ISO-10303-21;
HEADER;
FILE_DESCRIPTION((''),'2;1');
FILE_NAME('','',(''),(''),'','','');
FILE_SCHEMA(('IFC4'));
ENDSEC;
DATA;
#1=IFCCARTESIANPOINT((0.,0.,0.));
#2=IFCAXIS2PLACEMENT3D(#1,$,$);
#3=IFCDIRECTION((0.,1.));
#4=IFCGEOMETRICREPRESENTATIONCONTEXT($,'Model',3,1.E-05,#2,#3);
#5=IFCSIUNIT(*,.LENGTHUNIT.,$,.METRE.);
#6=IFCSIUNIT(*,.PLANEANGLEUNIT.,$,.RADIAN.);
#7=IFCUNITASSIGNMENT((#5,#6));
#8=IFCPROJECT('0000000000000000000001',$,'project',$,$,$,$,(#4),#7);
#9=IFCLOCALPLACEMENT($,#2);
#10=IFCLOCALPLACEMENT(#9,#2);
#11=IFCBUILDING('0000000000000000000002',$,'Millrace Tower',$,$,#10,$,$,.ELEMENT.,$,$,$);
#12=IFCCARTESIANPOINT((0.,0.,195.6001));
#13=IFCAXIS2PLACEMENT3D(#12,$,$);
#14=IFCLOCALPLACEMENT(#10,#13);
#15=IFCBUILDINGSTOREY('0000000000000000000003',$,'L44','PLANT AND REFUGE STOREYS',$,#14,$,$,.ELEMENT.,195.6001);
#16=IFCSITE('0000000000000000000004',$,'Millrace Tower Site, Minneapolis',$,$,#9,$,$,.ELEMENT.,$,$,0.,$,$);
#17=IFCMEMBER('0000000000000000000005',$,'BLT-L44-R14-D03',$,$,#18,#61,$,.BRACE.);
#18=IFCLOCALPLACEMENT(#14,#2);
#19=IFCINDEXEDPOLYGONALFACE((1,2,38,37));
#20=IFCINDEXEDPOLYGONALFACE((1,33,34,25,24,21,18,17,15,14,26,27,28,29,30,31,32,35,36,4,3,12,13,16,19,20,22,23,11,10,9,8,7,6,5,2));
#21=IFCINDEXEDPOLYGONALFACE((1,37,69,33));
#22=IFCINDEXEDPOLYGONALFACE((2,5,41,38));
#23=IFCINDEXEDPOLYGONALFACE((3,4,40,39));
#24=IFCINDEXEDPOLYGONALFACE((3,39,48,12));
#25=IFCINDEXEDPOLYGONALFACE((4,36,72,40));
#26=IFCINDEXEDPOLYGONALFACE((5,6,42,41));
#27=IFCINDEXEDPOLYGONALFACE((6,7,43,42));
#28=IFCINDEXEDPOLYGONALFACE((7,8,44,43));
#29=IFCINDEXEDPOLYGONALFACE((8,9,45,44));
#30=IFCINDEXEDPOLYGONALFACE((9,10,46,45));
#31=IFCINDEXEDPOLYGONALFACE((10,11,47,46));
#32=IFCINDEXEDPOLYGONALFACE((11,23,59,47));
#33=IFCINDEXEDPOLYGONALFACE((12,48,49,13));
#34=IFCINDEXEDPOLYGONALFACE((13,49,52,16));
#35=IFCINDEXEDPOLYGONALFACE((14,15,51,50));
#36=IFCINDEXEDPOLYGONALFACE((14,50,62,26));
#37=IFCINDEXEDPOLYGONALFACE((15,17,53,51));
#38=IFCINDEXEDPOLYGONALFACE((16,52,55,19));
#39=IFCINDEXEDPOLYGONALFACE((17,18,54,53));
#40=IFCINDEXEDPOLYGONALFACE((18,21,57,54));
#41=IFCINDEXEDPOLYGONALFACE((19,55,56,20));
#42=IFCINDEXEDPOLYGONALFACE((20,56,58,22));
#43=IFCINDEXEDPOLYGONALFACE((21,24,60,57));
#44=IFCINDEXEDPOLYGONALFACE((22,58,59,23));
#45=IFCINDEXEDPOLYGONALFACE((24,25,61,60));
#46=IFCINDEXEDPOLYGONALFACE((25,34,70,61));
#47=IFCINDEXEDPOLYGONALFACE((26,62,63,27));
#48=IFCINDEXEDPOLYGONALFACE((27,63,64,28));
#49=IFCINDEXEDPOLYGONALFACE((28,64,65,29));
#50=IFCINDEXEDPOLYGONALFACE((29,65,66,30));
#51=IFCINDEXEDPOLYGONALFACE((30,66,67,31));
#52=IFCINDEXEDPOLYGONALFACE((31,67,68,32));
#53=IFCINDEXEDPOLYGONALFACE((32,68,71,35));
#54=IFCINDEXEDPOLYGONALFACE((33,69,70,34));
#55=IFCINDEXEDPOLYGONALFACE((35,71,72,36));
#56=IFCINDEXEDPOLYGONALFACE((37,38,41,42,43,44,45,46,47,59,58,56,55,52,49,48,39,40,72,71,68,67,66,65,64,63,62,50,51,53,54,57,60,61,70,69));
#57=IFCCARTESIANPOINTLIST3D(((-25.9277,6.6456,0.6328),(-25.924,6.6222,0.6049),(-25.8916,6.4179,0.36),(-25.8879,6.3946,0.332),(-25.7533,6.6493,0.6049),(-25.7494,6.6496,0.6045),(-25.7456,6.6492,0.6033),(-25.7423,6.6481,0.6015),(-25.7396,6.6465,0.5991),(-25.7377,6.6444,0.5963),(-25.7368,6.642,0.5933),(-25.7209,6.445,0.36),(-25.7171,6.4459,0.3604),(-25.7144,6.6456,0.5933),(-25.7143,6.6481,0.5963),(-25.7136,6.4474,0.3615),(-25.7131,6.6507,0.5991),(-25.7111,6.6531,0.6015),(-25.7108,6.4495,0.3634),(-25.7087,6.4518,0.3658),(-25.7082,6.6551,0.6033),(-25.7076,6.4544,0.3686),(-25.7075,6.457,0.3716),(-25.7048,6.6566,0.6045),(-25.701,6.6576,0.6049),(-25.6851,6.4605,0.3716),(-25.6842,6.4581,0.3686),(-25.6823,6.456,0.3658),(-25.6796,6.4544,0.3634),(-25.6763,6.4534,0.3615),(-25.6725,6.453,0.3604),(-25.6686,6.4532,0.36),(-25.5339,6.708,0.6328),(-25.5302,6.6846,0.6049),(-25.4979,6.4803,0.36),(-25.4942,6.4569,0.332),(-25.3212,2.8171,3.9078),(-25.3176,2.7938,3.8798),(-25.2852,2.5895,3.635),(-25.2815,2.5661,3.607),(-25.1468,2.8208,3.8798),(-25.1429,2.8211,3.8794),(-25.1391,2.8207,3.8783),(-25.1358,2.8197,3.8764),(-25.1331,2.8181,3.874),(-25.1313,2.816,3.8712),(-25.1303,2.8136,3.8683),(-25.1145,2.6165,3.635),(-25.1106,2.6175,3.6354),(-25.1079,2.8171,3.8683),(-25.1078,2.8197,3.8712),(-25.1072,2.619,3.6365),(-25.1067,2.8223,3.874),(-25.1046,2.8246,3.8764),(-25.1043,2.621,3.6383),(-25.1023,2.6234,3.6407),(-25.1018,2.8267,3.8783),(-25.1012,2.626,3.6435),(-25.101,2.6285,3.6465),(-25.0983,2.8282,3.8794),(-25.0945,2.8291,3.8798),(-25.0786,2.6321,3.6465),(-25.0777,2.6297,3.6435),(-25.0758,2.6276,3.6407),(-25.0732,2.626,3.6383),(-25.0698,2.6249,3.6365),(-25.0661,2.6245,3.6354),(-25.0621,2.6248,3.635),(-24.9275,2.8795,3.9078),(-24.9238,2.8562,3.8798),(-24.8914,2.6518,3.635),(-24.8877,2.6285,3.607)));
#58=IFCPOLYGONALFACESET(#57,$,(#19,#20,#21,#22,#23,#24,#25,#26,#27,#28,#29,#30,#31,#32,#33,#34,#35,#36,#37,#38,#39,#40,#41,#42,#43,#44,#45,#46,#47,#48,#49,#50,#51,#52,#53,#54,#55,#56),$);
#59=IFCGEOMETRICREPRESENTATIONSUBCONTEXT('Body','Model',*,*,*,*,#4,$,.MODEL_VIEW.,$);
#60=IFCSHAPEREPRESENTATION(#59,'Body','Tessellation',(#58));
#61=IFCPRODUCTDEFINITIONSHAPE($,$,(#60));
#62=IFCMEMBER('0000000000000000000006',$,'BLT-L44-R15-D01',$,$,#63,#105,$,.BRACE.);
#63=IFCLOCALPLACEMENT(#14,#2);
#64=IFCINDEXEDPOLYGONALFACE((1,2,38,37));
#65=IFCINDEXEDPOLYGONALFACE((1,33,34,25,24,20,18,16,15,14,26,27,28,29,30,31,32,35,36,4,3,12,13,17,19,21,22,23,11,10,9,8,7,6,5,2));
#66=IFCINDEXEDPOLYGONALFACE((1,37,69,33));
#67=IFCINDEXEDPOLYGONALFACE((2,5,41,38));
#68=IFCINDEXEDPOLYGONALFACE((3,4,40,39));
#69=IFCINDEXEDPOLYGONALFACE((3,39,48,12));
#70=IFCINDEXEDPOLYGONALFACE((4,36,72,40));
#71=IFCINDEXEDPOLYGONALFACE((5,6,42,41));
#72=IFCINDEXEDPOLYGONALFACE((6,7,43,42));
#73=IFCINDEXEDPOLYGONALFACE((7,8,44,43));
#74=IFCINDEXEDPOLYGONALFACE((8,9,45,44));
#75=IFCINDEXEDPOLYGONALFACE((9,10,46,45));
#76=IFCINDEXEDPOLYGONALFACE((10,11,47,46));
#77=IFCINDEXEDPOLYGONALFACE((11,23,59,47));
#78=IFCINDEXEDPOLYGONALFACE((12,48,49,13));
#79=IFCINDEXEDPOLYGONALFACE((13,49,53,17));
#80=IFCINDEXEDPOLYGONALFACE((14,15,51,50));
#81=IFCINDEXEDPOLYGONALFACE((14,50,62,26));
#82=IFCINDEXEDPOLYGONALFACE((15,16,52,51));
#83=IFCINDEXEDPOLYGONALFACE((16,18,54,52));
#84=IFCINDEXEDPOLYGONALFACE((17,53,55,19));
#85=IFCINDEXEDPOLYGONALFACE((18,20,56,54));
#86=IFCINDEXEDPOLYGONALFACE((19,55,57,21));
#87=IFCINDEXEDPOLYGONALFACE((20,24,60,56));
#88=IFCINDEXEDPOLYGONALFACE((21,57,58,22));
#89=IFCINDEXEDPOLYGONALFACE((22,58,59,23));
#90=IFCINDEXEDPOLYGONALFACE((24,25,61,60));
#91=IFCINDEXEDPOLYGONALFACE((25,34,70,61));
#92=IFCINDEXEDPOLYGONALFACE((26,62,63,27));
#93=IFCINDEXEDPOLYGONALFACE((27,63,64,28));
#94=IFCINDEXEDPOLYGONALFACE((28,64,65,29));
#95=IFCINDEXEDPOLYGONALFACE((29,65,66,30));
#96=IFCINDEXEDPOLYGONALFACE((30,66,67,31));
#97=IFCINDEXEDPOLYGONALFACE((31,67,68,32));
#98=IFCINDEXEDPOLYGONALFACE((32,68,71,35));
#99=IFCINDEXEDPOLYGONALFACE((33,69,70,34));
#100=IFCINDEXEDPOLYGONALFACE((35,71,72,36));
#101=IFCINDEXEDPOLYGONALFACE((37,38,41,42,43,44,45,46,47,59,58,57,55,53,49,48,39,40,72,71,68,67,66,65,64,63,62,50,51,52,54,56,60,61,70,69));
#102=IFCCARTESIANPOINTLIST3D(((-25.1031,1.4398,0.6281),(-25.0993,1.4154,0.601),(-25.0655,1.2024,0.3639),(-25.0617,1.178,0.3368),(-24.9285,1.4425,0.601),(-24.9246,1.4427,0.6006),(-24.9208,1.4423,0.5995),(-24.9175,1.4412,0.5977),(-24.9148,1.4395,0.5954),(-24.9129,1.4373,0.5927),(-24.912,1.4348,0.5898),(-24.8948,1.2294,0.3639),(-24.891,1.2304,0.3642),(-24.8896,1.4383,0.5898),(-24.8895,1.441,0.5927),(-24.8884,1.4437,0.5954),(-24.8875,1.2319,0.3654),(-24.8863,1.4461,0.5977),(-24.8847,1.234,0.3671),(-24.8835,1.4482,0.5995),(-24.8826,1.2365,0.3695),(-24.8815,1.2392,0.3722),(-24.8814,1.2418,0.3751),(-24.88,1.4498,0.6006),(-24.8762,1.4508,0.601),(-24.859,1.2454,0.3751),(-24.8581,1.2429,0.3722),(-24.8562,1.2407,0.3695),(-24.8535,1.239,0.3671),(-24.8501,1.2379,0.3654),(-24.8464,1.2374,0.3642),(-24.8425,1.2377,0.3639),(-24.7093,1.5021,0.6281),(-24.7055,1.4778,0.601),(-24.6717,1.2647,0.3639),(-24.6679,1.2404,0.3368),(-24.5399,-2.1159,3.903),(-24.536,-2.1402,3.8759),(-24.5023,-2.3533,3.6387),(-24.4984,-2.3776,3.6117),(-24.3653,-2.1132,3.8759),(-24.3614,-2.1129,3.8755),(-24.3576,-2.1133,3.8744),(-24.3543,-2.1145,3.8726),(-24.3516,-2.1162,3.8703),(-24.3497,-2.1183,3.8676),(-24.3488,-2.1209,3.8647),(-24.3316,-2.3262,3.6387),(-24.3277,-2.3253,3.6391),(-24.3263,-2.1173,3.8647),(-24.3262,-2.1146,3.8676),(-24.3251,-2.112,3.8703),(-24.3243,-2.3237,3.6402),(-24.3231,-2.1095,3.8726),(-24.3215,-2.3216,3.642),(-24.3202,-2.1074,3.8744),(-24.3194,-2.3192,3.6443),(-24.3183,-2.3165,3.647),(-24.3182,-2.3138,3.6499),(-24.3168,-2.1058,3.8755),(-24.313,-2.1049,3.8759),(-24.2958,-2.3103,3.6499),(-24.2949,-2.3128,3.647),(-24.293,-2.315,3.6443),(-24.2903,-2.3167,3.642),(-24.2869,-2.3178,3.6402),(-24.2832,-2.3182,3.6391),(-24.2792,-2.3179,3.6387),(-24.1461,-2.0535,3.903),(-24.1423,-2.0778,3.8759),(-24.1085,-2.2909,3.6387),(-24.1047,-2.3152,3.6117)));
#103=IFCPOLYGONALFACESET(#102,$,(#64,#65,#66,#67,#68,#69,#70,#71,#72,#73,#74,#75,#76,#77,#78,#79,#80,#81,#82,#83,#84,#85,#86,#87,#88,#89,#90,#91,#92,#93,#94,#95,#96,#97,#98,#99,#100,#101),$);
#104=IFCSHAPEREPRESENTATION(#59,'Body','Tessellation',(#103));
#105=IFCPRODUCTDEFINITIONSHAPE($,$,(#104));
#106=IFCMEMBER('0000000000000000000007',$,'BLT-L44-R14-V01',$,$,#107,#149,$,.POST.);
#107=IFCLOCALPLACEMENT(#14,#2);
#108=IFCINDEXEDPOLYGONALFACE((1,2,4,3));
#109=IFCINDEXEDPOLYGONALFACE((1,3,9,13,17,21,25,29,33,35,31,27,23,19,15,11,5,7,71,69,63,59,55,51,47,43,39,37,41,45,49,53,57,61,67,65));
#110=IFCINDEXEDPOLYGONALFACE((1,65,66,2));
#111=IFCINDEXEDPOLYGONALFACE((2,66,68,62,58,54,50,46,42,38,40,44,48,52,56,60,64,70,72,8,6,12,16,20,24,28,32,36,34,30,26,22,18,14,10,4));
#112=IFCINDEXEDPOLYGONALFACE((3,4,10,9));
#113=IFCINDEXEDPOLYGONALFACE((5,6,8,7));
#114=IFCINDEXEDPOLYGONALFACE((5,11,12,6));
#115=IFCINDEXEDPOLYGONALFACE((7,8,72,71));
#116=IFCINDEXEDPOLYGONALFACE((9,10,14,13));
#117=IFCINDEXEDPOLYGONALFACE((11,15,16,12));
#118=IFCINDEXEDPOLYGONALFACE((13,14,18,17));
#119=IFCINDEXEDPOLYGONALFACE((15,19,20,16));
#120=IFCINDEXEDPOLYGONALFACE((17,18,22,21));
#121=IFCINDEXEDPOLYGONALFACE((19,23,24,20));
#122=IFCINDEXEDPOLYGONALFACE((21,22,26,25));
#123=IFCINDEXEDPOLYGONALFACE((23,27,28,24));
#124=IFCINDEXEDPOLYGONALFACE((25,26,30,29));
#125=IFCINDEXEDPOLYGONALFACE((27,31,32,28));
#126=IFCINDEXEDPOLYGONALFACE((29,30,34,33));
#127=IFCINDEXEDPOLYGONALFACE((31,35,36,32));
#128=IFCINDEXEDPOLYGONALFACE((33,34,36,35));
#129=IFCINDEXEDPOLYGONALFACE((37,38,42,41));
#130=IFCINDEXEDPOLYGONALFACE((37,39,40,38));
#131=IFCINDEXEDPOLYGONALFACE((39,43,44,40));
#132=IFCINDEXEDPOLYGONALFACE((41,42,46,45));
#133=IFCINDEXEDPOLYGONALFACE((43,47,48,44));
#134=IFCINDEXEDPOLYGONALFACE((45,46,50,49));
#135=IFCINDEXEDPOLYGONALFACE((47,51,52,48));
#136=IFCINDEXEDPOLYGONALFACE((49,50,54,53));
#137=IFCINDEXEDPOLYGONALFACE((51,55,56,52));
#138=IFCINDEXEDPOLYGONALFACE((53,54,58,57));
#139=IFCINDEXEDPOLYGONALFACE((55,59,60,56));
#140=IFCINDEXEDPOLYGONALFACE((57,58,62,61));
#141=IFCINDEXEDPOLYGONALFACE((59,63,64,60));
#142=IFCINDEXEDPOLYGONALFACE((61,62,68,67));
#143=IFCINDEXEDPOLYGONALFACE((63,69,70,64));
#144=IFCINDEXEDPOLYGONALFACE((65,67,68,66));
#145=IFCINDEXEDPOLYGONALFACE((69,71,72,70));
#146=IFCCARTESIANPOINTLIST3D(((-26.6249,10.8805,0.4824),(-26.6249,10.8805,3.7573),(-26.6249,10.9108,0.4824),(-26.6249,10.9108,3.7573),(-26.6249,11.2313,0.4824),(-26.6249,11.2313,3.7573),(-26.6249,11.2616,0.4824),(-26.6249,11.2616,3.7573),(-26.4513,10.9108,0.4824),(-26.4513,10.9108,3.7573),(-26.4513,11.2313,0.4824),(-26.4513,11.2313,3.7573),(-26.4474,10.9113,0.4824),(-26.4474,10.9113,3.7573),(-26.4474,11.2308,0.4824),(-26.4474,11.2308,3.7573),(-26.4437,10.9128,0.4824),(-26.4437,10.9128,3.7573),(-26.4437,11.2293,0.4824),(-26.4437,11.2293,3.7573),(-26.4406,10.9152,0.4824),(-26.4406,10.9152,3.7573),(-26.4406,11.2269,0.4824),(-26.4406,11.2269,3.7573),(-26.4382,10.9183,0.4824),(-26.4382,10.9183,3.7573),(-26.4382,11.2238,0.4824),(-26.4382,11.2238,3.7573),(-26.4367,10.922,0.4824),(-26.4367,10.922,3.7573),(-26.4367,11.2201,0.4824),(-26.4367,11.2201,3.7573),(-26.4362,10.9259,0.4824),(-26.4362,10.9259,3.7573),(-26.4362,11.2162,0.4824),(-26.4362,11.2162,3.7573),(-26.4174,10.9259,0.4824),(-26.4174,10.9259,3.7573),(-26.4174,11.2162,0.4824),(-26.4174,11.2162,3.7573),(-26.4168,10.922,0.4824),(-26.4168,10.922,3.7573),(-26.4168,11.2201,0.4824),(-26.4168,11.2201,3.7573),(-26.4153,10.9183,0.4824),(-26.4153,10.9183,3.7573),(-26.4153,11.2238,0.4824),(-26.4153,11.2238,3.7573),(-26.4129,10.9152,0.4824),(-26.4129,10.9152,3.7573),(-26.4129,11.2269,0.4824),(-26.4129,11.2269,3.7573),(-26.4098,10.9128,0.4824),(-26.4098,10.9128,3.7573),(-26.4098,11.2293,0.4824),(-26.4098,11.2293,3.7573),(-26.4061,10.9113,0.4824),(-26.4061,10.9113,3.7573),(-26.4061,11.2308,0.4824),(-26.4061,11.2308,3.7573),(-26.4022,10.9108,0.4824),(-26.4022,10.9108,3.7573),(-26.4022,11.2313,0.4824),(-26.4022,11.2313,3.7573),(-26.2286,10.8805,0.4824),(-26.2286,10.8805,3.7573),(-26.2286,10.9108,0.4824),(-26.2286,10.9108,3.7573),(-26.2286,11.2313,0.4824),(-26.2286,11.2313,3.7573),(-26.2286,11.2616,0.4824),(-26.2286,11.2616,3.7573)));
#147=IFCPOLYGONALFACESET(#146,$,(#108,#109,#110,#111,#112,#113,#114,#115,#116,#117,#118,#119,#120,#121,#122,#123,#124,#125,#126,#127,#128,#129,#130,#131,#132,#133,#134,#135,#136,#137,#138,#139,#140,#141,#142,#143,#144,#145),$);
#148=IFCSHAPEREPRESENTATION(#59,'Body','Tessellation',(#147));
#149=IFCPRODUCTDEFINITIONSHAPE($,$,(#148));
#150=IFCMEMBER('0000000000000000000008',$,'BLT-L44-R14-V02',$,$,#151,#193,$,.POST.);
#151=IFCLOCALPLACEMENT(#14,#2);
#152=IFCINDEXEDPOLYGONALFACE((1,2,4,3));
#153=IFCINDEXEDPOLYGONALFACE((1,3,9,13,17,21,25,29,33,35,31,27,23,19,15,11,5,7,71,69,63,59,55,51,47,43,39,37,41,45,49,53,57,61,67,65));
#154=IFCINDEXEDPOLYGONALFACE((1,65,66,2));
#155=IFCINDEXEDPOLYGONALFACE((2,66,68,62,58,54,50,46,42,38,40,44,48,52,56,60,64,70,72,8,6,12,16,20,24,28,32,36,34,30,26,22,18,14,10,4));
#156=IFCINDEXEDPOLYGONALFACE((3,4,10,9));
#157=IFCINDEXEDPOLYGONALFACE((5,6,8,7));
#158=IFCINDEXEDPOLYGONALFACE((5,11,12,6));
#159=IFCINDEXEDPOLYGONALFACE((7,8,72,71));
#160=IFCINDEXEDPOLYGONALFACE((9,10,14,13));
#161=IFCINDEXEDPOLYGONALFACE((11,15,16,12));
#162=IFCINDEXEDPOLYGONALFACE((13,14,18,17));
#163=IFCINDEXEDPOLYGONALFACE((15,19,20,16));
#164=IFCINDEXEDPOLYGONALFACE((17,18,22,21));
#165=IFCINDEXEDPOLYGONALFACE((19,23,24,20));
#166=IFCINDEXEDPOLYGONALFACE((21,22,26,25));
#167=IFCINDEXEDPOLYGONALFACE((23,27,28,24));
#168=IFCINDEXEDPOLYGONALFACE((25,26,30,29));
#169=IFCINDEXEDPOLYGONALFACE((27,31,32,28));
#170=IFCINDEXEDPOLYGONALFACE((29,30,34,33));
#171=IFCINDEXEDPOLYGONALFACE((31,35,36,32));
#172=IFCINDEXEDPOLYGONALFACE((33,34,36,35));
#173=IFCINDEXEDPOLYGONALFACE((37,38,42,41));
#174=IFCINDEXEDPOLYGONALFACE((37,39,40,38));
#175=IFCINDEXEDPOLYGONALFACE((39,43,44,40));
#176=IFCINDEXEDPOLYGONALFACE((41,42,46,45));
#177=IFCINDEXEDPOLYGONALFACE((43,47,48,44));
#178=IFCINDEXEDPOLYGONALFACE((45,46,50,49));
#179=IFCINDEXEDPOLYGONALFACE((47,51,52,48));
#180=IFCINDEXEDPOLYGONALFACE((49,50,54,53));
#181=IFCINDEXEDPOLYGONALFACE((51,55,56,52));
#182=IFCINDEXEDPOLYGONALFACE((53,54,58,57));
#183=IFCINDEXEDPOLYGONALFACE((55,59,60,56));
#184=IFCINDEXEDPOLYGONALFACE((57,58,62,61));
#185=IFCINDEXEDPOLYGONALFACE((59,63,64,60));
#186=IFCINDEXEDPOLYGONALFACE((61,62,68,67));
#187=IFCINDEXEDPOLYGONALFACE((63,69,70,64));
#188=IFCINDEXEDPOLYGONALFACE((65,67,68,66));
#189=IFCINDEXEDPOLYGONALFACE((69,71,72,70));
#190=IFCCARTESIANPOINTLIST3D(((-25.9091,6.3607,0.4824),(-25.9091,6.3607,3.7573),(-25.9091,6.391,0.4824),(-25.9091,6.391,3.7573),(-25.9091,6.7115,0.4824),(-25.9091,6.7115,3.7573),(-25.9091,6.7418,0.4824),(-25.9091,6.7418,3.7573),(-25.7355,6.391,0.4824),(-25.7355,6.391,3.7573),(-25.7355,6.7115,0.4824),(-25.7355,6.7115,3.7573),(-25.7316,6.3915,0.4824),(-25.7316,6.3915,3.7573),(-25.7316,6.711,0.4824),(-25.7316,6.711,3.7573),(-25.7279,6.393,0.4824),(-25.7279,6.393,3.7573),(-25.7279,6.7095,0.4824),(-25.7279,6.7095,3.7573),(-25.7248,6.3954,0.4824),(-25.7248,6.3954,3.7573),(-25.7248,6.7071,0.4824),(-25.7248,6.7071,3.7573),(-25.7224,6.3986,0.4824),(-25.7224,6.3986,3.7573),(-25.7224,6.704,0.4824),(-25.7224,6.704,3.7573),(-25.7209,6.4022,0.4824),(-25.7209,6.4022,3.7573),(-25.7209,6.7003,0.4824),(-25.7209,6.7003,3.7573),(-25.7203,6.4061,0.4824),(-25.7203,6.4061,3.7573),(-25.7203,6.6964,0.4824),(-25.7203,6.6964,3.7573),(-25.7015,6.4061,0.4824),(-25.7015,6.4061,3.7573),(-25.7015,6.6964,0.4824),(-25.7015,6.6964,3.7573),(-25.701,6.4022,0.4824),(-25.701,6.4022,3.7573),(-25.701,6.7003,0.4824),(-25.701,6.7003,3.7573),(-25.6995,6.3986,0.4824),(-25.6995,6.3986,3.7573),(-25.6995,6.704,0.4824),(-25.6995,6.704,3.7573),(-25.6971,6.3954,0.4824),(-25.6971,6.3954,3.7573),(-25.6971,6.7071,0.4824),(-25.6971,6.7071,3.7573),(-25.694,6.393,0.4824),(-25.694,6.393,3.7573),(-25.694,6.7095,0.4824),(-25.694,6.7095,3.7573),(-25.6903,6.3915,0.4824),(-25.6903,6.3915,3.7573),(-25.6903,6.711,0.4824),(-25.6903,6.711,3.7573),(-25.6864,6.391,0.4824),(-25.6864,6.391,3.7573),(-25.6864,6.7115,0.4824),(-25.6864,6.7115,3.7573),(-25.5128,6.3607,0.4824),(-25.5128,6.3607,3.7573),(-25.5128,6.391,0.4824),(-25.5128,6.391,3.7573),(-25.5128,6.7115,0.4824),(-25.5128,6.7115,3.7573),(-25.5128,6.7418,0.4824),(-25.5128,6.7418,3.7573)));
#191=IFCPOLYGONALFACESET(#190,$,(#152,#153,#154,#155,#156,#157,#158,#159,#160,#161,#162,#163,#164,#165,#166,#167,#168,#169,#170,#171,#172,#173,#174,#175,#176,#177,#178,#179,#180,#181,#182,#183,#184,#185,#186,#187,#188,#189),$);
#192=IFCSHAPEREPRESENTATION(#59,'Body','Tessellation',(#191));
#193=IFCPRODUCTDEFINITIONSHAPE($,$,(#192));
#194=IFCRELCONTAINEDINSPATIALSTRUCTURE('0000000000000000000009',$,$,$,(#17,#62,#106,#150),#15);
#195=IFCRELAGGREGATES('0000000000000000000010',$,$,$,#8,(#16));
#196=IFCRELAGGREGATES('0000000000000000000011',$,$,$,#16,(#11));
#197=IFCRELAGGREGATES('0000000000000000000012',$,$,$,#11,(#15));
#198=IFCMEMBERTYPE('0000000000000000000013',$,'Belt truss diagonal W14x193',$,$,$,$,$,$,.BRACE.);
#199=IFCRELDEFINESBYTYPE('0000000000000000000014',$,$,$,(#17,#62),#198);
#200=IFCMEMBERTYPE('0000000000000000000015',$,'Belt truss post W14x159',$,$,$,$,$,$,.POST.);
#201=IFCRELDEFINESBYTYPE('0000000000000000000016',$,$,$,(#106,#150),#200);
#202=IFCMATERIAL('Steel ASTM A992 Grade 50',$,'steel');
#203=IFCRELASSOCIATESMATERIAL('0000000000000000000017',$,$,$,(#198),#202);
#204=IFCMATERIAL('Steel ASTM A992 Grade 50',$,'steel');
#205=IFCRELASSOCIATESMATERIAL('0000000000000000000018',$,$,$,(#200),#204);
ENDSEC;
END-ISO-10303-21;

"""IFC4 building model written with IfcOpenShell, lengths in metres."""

from ifc_helpers import new_model, si_unit, direction, frame, origin, origin_2d, place, context, subcontext, project, spatial, i_section, extrude, material, material_profile, profile_set, type_object, element, save


model = new_model("IFC4")

# Units and contexts
model_context = context("Model", 3, precision=1e-05, world=origin(), true_north=direction((0.0, 1.0)))
body_context = subcontext(model_context, "Body", "Model", "MODEL_VIEW")
ifc_project = project(units=[si_unit("LENGTHUNIT", "METRE"), si_unit("PLANEANGLEUNIT", "RADIAN")], contexts=[model_context])

# Site, building, storey
site_placement = place(None, origin())
site = spatial("IfcSite", under=ifc_project, at=site_placement, Name="Millrace Tower Site, Minneapolis", CompositionType="ELEMENT", RefElevation=0.0)
building_placement = place(site_placement, origin())
building = spatial("IfcBuilding", under=site, at=building_placement, Name="Millrace Tower", CompositionType="ELEMENT")
storey_placement = place(building_placement, frame((0.0, 0.0, 195.6001)))
storey = spatial("IfcBuildingStorey", under=building, at=storey_placement, Name="L44", Description="PLANT AND REFUGE STOREYS", CompositionType="ELEMENT", Elevation=195.6001)

# Members
ifc_material_1 = material(Name="Steel ASTM A992 Grade 50", Category="steel")
ifc_material_profile_1 = material_profile(ifc_material_1, i_section(OverallWidth=0.3987, OverallDepth=0.3938, WebThickness=0.0227, FlangeThickness=0.0366, FilletRadius=0.0151, at=origin_2d()))
ifc_profile_set_1 = profile_set([ifc_material_profile_1], Name="Steel ASTM A992 Grade 50")
member_type_1 = type_object("IfcMemberType", Name="Belt truss diagonal W14x193", PredefinedType="BRACE", material=ifc_profile_set_1)
member_1_placement = place(storey_placement, frame((-25.7109, 6.5513, 0.4824), z_axis=(0.119512, -0.754453, 0.645382), x_axis=(0.987685, 0.156457, 0.0)))
element("IfcMember", 1, at=member_1_placement, inside=storey, type_object=member_type_1, Name="BLT-L44-R14-D03", PredefinedType="BRACE", context=body_context, shape_type="SweptSolid", body=[
    extrude(i_section(OverallWidth=0.3987, OverallDepth=0.3938, WebThickness=0.0227, FlangeThickness=0.0366, FilletRadius=0.0151, at=origin_2d()), origin(), (0.0, 0.0, 1.0), 5.0745),
])
member_2_placement = place(storey_placement, frame((-24.8855, 1.3401, 0.4824), z_axis=(0.115731, -0.730608, 0.672918), x_axis=(0.987685, 0.156454, 0.0)))
element("IfcMember", 2, at=member_2_placement, inside=storey, type_object=member_type_1, Name="BLT-L44-R15-D01", PredefinedType="BRACE", context=body_context, shape_type="SweptSolid", body=[
    extrude(i_section(OverallWidth=0.3987, OverallDepth=0.3938, WebThickness=0.0227, FlangeThickness=0.0366, FilletRadius=0.0151, at=origin_2d()), origin(), (0.0, 0.0, 1.0), 4.8667),
])
ifc_material_2 = material(Name="Steel ASTM A992 Grade 50", Category="steel")
ifc_material_profile_2 = material_profile(ifc_material_2, i_section(OverallWidth=0.3962, OverallDepth=0.3811, WebThickness=0.0188, FlangeThickness=0.0303, FilletRadius=0.0151, at=origin_2d()))
ifc_profile_set_2 = profile_set([ifc_material_profile_2], Name="Steel ASTM A992 Grade 50")
member_type_2 = type_object("IfcMemberType", Name="Belt truss post W14x159", PredefinedType="POST", material=ifc_profile_set_2)
for number, where, z_axis, x_axis, name in (
    (3, (-26.4268, 11.071, 0.4824), (0.0, 0.0, 1.0), (1.0, 0.0, 0.0), "BLT-L44-R14-V01"),
    (4, (-25.7109, 6.5513, 0.4824), (0.0, 0.0, 1.0), (1.0, 0.0, 0.0), "BLT-L44-R14-V02"),
):
    element("IfcMember", number, at=place(storey_placement, frame(where, z_axis=z_axis, x_axis=x_axis)), inside=storey, type_object=member_type_2, Name=name, PredefinedType="POST", context=body_context, shape_type="SweptSolid", body=[
        extrude(i_section(OverallWidth=0.3962, OverallDepth=0.3811, WebThickness=0.0188, FlangeThickness=0.0303, FilletRadius=0.0151, at=origin_2d()), origin(), (0.0, 0.0, 1.0), 3.2749),
    ])

save(model, "model.ifc")
